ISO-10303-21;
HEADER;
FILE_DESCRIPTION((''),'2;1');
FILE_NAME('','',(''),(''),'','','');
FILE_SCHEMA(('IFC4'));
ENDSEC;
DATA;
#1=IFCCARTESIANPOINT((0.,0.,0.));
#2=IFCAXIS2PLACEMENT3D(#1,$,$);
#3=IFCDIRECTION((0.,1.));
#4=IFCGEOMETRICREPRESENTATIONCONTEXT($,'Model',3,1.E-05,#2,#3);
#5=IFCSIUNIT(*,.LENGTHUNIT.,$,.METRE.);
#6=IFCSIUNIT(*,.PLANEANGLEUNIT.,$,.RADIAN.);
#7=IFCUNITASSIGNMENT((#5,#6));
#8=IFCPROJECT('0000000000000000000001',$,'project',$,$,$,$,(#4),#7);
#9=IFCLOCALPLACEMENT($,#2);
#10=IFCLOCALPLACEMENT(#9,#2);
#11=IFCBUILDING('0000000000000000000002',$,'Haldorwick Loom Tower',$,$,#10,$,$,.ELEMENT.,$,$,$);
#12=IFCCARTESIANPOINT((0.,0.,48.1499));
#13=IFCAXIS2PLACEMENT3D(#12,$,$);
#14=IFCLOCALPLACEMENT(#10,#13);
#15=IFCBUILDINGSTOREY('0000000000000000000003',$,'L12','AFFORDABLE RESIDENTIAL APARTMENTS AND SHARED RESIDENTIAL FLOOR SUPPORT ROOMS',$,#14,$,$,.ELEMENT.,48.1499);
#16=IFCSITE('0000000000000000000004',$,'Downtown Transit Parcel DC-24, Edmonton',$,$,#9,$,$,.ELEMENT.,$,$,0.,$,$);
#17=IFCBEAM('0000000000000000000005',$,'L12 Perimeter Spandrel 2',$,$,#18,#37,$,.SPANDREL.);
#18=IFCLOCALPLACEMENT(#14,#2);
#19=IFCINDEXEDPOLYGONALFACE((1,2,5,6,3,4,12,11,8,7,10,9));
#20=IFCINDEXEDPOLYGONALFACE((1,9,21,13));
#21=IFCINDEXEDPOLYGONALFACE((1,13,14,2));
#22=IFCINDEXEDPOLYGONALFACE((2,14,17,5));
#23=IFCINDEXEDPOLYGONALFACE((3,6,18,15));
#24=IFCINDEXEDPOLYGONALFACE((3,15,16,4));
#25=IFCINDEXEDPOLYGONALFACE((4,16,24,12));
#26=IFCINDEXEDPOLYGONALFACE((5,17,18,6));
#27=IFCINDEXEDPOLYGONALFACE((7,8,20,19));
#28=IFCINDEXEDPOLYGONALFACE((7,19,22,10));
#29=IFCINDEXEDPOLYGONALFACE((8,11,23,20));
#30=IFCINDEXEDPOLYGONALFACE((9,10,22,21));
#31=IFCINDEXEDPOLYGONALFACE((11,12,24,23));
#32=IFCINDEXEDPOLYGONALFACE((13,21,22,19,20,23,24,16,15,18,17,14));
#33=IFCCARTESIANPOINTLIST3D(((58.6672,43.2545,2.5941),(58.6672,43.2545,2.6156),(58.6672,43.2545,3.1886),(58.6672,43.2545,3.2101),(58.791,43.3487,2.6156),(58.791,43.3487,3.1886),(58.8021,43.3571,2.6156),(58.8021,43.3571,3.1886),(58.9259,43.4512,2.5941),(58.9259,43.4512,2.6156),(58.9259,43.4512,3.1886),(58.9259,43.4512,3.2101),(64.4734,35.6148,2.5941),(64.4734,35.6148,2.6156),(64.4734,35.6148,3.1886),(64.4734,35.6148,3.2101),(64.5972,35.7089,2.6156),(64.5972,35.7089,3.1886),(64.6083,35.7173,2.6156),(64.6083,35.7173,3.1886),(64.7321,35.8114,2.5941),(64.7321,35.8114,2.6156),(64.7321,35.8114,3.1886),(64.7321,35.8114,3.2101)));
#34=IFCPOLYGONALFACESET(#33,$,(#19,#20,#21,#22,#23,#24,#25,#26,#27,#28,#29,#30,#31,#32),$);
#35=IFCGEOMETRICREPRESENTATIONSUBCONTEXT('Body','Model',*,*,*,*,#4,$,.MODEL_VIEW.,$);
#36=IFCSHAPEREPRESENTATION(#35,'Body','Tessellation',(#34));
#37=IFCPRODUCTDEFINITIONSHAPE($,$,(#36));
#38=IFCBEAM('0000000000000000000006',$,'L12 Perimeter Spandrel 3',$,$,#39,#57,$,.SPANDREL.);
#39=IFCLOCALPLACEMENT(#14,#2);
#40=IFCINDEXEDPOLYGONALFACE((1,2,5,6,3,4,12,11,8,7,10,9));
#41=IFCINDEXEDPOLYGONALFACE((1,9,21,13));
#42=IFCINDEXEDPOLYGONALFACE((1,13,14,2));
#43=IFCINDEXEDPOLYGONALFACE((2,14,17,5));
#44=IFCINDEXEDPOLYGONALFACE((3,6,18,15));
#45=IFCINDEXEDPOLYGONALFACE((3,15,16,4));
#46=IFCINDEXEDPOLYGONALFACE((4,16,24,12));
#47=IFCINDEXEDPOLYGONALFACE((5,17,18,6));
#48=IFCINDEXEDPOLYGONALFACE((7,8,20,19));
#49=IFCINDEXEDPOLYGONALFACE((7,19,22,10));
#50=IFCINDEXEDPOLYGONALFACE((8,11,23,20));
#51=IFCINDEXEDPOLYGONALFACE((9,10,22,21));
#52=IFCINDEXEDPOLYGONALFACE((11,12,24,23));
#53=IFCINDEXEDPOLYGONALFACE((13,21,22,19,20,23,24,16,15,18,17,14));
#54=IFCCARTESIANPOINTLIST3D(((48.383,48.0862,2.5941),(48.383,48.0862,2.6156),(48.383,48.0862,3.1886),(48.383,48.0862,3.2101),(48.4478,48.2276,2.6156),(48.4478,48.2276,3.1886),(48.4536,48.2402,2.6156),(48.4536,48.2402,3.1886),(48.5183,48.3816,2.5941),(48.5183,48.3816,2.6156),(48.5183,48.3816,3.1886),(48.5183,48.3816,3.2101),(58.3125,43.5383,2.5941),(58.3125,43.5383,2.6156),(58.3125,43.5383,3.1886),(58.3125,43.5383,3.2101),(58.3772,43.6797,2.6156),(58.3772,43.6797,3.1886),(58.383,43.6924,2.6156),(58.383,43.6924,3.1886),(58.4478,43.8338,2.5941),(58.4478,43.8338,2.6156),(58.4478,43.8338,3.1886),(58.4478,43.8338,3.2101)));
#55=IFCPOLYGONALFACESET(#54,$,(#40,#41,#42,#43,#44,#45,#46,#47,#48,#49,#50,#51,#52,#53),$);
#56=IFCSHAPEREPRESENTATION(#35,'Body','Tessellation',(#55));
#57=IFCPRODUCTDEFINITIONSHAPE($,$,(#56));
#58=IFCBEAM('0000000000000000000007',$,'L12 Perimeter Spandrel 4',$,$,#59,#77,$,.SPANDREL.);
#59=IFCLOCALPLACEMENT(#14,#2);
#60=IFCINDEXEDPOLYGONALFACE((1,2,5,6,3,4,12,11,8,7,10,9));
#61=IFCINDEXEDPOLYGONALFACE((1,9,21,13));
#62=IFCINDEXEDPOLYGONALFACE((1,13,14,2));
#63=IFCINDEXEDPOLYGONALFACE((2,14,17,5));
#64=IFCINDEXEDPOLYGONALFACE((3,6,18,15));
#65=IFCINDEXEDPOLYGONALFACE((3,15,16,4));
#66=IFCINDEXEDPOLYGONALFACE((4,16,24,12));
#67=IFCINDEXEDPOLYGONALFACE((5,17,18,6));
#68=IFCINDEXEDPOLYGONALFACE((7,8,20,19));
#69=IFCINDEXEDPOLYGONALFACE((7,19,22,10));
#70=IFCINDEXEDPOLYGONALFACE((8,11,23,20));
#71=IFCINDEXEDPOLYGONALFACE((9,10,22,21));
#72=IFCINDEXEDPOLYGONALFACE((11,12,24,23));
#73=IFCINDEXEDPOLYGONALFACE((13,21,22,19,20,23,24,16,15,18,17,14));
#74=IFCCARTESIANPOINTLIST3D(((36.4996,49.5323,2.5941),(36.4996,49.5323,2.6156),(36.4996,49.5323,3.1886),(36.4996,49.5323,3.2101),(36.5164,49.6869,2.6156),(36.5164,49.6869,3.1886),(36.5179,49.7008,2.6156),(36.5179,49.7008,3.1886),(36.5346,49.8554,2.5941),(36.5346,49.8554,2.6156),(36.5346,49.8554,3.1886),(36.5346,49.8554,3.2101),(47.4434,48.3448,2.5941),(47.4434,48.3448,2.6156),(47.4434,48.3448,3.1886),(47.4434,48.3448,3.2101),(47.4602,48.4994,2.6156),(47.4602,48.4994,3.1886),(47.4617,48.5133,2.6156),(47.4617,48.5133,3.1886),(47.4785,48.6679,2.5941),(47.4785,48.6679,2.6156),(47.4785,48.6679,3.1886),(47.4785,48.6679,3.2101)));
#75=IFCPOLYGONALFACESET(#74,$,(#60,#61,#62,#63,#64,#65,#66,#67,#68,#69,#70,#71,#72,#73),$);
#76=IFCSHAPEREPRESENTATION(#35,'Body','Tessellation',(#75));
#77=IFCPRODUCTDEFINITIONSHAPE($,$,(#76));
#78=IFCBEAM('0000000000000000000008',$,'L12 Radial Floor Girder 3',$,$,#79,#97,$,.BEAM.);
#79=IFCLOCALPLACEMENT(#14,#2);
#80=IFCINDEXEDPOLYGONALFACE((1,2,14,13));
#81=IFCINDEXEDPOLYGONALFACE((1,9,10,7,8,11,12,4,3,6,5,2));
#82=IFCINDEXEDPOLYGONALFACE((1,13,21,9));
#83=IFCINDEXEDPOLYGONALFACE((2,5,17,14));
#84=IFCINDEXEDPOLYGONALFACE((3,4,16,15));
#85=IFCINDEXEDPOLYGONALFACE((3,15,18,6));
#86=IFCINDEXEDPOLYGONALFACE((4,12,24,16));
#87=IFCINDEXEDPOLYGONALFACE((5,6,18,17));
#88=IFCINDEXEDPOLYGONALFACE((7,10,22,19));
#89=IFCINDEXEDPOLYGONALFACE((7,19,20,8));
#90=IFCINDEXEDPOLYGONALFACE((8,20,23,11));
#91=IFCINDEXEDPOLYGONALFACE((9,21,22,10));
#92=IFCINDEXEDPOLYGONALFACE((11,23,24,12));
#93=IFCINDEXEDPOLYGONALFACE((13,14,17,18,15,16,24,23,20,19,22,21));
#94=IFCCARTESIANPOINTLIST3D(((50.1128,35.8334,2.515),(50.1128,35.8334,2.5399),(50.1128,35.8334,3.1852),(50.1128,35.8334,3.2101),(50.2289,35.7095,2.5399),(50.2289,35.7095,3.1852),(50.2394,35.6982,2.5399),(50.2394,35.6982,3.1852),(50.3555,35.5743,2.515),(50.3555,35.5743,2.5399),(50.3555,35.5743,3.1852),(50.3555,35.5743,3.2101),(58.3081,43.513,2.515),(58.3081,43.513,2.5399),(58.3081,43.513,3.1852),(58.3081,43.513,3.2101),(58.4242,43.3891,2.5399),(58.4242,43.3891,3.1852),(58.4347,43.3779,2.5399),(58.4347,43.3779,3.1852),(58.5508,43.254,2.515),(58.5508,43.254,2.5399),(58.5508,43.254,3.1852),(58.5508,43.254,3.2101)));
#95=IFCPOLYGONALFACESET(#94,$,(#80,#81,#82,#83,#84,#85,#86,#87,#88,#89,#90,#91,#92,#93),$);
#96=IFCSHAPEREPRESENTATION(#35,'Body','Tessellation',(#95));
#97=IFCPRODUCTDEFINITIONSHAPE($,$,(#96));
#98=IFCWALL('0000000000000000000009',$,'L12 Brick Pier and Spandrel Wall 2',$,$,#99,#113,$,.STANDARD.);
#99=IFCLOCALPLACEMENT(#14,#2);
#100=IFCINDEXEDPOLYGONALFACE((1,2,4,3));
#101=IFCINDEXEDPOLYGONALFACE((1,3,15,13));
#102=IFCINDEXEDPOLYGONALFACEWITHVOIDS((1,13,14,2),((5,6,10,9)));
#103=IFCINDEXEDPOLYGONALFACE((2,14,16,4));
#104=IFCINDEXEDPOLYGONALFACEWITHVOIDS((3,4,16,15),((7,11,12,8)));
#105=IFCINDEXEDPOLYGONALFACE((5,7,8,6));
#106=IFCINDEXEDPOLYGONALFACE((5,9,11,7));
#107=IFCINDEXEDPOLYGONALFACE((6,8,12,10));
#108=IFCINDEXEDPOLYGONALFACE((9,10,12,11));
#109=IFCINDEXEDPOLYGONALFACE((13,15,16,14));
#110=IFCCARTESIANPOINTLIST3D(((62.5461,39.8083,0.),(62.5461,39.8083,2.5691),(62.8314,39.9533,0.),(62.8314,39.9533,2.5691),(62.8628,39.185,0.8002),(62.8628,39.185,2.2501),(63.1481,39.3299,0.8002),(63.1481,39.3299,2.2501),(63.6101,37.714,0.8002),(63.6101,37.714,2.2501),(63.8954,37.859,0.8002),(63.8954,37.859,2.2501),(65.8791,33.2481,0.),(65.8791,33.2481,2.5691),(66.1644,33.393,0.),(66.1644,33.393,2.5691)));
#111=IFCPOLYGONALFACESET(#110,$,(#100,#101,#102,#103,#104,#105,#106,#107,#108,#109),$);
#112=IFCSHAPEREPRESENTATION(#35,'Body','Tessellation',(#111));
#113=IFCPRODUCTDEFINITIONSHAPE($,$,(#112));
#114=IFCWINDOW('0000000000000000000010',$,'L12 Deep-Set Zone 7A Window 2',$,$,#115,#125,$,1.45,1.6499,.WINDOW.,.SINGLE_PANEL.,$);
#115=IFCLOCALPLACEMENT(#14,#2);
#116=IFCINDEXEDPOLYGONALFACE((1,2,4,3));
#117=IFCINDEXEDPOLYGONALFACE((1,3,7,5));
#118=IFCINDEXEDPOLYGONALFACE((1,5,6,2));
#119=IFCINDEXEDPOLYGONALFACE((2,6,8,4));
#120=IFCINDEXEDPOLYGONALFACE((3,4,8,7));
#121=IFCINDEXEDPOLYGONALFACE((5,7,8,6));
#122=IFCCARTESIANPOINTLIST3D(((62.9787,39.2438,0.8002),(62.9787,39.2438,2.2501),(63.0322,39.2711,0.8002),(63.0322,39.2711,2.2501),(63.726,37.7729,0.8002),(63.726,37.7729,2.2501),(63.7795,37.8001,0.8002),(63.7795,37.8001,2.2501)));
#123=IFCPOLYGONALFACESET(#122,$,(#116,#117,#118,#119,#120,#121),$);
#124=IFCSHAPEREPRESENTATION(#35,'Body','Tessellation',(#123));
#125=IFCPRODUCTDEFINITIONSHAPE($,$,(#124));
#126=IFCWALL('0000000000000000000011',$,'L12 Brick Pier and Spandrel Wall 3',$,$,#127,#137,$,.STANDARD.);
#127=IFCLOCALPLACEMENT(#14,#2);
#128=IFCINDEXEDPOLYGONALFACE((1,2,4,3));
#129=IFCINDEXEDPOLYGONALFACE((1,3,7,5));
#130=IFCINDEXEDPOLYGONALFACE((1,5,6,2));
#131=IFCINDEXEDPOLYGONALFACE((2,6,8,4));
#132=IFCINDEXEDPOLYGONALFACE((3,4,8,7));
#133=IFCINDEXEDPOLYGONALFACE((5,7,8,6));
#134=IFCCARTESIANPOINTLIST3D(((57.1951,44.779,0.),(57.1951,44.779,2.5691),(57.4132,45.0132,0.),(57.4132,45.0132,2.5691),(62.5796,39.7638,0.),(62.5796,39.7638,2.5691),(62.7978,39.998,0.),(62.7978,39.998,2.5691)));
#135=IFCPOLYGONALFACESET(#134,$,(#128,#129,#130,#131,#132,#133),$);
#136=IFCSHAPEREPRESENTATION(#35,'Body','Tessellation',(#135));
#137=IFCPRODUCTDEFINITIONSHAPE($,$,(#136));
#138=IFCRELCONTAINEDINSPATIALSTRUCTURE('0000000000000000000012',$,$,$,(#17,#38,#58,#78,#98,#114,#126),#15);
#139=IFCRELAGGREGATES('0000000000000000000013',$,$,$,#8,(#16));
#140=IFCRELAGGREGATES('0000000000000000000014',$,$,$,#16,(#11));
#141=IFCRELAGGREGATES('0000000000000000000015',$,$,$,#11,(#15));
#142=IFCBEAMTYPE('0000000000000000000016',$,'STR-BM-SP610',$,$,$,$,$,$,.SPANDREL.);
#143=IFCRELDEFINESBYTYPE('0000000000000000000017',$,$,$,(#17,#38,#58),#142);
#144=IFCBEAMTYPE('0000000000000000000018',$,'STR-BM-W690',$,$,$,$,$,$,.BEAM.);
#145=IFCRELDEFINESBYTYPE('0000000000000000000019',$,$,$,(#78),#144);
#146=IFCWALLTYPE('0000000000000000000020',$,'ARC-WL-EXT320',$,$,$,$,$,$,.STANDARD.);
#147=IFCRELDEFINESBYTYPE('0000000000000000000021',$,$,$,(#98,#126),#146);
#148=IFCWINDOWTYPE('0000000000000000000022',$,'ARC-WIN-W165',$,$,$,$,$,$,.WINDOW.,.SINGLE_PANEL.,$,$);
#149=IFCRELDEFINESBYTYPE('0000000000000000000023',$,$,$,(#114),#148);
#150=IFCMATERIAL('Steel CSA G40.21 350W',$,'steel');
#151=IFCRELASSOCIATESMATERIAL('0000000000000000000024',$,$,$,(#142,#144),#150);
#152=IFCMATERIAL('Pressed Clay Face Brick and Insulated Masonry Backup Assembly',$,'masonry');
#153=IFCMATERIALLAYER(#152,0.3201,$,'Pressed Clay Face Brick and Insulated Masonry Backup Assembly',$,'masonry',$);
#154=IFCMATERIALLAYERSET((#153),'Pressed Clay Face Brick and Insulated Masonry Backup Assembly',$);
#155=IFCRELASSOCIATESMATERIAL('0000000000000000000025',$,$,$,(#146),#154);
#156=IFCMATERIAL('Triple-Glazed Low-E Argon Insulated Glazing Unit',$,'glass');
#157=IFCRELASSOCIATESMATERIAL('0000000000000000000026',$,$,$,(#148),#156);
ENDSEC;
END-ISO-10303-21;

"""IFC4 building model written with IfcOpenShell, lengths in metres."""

from ifc_helpers import new_model, si_unit, direction, frame, frame_2d, origin, origin_2d, place, context, subcontext, project, spatial, rectangle, i_section, extrude, material, layer, layer_set, material_profile, profile_set, type_object, element, fill, save


model = new_model("IFC4")

# Units and contexts
model_context = context("Model", 3, precision=1e-05, world=origin(), true_north=direction((0.0, 1.0)))
body_context = subcontext(model_context, "Body", "Model", "MODEL_VIEW")
ifc_project = project(units=[si_unit("LENGTHUNIT", "METRE"), si_unit("PLANEANGLEUNIT", "RADIAN")], contexts=[model_context])

# Site, building, storey
site_placement = place(None, origin())
site = spatial("IfcSite", under=ifc_project, at=site_placement, Name="Downtown Transit Parcel DC-24, Edmonton", CompositionType="ELEMENT", RefElevation=0.0)
building_placement = place(site_placement, origin())
building = spatial("IfcBuilding", under=site, at=building_placement, Name="Haldorwick Loom Tower", CompositionType="ELEMENT")
storey_placement = place(building_placement, frame((0.0, 0.0, 48.1499)))
storey = spatial("IfcBuildingStorey", under=building, at=storey_placement, Name="L12", Description="AFFORDABLE RESIDENTIAL APARTMENTS AND SHARED RESIDENTIAL FLOOR SUPPORT ROOMS", CompositionType="ELEMENT", Elevation=48.1499)

# Beams
ifc_material_1 = material(Name="Steel CSA G40.21 350W", Category="steel")
ifc_material_profile_1 = material_profile(ifc_material_1, i_section(OverallWidth=0.325, OverallDepth=0.616, WebThickness=0.0139, FlangeThickness=0.0215, at=origin_2d()), Name="W610X174", Category="steel")
ifc_profile_set_1 = profile_set([ifc_material_profile_1], Name="Steel CSA G40.21 350W")
beam_type_1 = type_object("IfcBeamType", Name="STR-BM-SP610", PredefinedType="SPANDREL", material=ifc_profile_set_1)
beam_1_placement = place(storey_placement, frame((64.6028, 35.7131, 2.9021), z_axis=(-0.605085, 0.796161, 0.0), x_axis=(-0.796161, -0.605085, 0.0)))
element("IfcBeam", 1, at=beam_1_placement, inside=storey, type_object=beam_type_1, Name="L12 Perimeter Spandrel 2", PredefinedType="SPANDREL", context=body_context, shape_type="SweptSolid", body=[
    extrude(i_section(OverallWidth=0.325, OverallDepth=0.616, WebThickness=0.0139, FlangeThickness=0.0215, at=origin_2d()), origin(), (0.0, 0.0, 1.0), 9.5957),
])
beam_2_placement = place(storey_placement, frame((58.3801, 43.686, 2.9021), z_axis=(-0.909174, 0.416417, 0.0), x_axis=(-0.416417, -0.909174, 0.0)))
element("IfcBeam", 2, at=beam_2_placement, inside=storey, type_object=beam_type_1, Name="L12 Perimeter Spandrel 3", PredefinedType="SPANDREL", context=body_context, shape_type="SweptSolid", body=[
    extrude(i_section(OverallWidth=0.325, OverallDepth=0.616, WebThickness=0.0139, FlangeThickness=0.0215, at=origin_2d()), origin(), (0.0, 0.0, 1.0), 10.9214),
])
beam_3_placement = place(storey_placement, frame((47.4609, 48.5063, 2.9021), z_axis=(-0.994164, 0.107875, 0.0), x_axis=(-0.107875, -0.994164, 0.0)))
element("IfcBeam", 3, at=beam_3_placement, inside=storey, type_object=beam_type_1, Name="L12 Perimeter Spandrel 4", PredefinedType="SPANDREL", context=body_context, shape_type="SweptSolid", body=[
    extrude(i_section(OverallWidth=0.325, OverallDepth=0.616, WebThickness=0.0139, FlangeThickness=0.0215, at=origin_2d()), origin(), (0.0, 0.0, 1.0), 11.0081),
])
ifc_material_profile_2 = material_profile(ifc_material_1, i_section(OverallWidth=0.355, OverallDepth=0.6951, WebThickness=0.0154, FlangeThickness=0.0249, at=origin_2d()), Name="W690X217", Category="steel")
ifc_profile_set_2 = profile_set([ifc_material_profile_2], Name="Steel CSA G40.21 350W")
beam_type_2 = type_object("IfcBeamType", Name="STR-BM-W690", PredefinedType="BEAM", material=ifc_profile_set_2)
beam_4_placement = place(storey_placement, frame((50.2341, 35.7039, 2.8625), z_axis=(0.729689, 0.683779, 0.0), x_axis=(-0.683779, 0.729689, 0.0)))
element("IfcBeam", 4, at=beam_4_placement, inside=storey, type_object=beam_type_2, Name="L12 Radial Floor Girder 3", PredefinedType="BEAM", context=body_context, shape_type="SweptSolid", body=[
    extrude(i_section(OverallWidth=0.355, OverallDepth=0.6951, WebThickness=0.0154, FlangeThickness=0.0249, at=origin_2d()), origin(), (0.0, 0.0, 1.0), 11.2312),
])

# Wall, opening, window
ifc_material_2 = material(Name="Pressed Clay Face Brick and Insulated Masonry Backup Assembly", Category="masonry")
ifc_layer_1 = layer(ifc_material_2, 0.3201, Name="Pressed Clay Face Brick and Insulated Masonry Backup Assembly", Category="masonry")
ifc_layer_set_1 = layer_set([ifc_layer_1], Name="Pressed Clay Face Brick and Insulated Masonry Backup Assembly")
wall_type_1 = type_object("IfcWallType", Name="ARC-WL-EXT320", PredefinedType="STANDARD", material=ifc_layer_set_1)
wall_1_placement = place(storey_placement, frame((66.0217, 33.3206, 0.0), z_axis=(0.0, 0.0, 1.0), x_axis=(-0.452951, 0.891535, 0.0)))
wall_1 = element("IfcWall", 5, at=wall_1_placement, inside=storey, type_object=wall_type_1, Name="L12 Brick Pier and Spandrel Wall 2", PredefinedType="STANDARD", context=body_context, shape_type="SweptSolid", body=[
    extrude(rectangle(XDim=7.3584, YDim=0.3201, at=frame_2d((3.6792, 0.0))), origin(), (0.0, 0.0, 1.0), 2.5691),
])
opening_1_placement = place(wall_1_placement, frame((5.0093, 0.0, 0.8)))
opening_1 = element("IfcOpeningElement", 6, at=opening_1_placement, cuts=wall_1, PredefinedType="OPENING", context=body_context, shape_type="SweptSolid", body=[
    extrude(rectangle(XDim=1.6499, YDim=1.45, at=frame_2d((0.825, 0.7251))), frame((0.0, 0.1699, 0.0), z_axis=(0.0, -1.0, 0.0), x_axis=(1.0, 0.0, 0.0)), (0.0, 0.0, 1.0), 0.3401),
])
ifc_material_3 = material(Name="Triple-Glazed Low-E Argon Insulated Glazing Unit", Category="glass")
window_type = type_object("IfcWindowType", Name="ARC-WIN-W165", PartitioningType="SINGLE_PANEL", PredefinedType="WINDOW", material=ifc_material_3)
window_1_placement = place(opening_1_placement, origin())
window_1 = element("IfcWindow", 7, at=window_1_placement, inside=storey, type_object=window_type, Name="L12 Deep-Set Zone 7A Window 2", OverallHeight=1.45, OverallWidth=1.6499, PartitioningType="SINGLE_PANEL", PredefinedType="WINDOW", context=body_context, shape_type="SweptSolid", body=[
    extrude(rectangle(XDim=1.6499, YDim=1.45, at=frame_2d((0.825, 0.7251))), frame((0.0, 0.03, 0.0), z_axis=(0.0, -1.0, 0.0), x_axis=(1.0, 0.0, 0.0)), (0.0, 0.0, 1.0), 0.0601),
])
fill(opening_1, window_1)

# Wall
wall_2_placement = place(storey_placement, frame((62.6887, 39.8809, 0.0), z_axis=(0.0, 0.0, 1.0), x_axis=(-0.731761, 0.681561, 0.0)))
element("IfcWall", 8, at=wall_2_placement, inside=storey, type_object=wall_type_1, Name="L12 Brick Pier and Spandrel Wall 3", PredefinedType="STANDARD", context=body_context, shape_type="SweptSolid", body=[
    extrude(rectangle(XDim=7.3584, YDim=0.3201, at=frame_2d((3.6792, 0.0))), origin(), (0.0, 0.0, 1.0), 2.5691),
])

save(model, "model.ifc")
